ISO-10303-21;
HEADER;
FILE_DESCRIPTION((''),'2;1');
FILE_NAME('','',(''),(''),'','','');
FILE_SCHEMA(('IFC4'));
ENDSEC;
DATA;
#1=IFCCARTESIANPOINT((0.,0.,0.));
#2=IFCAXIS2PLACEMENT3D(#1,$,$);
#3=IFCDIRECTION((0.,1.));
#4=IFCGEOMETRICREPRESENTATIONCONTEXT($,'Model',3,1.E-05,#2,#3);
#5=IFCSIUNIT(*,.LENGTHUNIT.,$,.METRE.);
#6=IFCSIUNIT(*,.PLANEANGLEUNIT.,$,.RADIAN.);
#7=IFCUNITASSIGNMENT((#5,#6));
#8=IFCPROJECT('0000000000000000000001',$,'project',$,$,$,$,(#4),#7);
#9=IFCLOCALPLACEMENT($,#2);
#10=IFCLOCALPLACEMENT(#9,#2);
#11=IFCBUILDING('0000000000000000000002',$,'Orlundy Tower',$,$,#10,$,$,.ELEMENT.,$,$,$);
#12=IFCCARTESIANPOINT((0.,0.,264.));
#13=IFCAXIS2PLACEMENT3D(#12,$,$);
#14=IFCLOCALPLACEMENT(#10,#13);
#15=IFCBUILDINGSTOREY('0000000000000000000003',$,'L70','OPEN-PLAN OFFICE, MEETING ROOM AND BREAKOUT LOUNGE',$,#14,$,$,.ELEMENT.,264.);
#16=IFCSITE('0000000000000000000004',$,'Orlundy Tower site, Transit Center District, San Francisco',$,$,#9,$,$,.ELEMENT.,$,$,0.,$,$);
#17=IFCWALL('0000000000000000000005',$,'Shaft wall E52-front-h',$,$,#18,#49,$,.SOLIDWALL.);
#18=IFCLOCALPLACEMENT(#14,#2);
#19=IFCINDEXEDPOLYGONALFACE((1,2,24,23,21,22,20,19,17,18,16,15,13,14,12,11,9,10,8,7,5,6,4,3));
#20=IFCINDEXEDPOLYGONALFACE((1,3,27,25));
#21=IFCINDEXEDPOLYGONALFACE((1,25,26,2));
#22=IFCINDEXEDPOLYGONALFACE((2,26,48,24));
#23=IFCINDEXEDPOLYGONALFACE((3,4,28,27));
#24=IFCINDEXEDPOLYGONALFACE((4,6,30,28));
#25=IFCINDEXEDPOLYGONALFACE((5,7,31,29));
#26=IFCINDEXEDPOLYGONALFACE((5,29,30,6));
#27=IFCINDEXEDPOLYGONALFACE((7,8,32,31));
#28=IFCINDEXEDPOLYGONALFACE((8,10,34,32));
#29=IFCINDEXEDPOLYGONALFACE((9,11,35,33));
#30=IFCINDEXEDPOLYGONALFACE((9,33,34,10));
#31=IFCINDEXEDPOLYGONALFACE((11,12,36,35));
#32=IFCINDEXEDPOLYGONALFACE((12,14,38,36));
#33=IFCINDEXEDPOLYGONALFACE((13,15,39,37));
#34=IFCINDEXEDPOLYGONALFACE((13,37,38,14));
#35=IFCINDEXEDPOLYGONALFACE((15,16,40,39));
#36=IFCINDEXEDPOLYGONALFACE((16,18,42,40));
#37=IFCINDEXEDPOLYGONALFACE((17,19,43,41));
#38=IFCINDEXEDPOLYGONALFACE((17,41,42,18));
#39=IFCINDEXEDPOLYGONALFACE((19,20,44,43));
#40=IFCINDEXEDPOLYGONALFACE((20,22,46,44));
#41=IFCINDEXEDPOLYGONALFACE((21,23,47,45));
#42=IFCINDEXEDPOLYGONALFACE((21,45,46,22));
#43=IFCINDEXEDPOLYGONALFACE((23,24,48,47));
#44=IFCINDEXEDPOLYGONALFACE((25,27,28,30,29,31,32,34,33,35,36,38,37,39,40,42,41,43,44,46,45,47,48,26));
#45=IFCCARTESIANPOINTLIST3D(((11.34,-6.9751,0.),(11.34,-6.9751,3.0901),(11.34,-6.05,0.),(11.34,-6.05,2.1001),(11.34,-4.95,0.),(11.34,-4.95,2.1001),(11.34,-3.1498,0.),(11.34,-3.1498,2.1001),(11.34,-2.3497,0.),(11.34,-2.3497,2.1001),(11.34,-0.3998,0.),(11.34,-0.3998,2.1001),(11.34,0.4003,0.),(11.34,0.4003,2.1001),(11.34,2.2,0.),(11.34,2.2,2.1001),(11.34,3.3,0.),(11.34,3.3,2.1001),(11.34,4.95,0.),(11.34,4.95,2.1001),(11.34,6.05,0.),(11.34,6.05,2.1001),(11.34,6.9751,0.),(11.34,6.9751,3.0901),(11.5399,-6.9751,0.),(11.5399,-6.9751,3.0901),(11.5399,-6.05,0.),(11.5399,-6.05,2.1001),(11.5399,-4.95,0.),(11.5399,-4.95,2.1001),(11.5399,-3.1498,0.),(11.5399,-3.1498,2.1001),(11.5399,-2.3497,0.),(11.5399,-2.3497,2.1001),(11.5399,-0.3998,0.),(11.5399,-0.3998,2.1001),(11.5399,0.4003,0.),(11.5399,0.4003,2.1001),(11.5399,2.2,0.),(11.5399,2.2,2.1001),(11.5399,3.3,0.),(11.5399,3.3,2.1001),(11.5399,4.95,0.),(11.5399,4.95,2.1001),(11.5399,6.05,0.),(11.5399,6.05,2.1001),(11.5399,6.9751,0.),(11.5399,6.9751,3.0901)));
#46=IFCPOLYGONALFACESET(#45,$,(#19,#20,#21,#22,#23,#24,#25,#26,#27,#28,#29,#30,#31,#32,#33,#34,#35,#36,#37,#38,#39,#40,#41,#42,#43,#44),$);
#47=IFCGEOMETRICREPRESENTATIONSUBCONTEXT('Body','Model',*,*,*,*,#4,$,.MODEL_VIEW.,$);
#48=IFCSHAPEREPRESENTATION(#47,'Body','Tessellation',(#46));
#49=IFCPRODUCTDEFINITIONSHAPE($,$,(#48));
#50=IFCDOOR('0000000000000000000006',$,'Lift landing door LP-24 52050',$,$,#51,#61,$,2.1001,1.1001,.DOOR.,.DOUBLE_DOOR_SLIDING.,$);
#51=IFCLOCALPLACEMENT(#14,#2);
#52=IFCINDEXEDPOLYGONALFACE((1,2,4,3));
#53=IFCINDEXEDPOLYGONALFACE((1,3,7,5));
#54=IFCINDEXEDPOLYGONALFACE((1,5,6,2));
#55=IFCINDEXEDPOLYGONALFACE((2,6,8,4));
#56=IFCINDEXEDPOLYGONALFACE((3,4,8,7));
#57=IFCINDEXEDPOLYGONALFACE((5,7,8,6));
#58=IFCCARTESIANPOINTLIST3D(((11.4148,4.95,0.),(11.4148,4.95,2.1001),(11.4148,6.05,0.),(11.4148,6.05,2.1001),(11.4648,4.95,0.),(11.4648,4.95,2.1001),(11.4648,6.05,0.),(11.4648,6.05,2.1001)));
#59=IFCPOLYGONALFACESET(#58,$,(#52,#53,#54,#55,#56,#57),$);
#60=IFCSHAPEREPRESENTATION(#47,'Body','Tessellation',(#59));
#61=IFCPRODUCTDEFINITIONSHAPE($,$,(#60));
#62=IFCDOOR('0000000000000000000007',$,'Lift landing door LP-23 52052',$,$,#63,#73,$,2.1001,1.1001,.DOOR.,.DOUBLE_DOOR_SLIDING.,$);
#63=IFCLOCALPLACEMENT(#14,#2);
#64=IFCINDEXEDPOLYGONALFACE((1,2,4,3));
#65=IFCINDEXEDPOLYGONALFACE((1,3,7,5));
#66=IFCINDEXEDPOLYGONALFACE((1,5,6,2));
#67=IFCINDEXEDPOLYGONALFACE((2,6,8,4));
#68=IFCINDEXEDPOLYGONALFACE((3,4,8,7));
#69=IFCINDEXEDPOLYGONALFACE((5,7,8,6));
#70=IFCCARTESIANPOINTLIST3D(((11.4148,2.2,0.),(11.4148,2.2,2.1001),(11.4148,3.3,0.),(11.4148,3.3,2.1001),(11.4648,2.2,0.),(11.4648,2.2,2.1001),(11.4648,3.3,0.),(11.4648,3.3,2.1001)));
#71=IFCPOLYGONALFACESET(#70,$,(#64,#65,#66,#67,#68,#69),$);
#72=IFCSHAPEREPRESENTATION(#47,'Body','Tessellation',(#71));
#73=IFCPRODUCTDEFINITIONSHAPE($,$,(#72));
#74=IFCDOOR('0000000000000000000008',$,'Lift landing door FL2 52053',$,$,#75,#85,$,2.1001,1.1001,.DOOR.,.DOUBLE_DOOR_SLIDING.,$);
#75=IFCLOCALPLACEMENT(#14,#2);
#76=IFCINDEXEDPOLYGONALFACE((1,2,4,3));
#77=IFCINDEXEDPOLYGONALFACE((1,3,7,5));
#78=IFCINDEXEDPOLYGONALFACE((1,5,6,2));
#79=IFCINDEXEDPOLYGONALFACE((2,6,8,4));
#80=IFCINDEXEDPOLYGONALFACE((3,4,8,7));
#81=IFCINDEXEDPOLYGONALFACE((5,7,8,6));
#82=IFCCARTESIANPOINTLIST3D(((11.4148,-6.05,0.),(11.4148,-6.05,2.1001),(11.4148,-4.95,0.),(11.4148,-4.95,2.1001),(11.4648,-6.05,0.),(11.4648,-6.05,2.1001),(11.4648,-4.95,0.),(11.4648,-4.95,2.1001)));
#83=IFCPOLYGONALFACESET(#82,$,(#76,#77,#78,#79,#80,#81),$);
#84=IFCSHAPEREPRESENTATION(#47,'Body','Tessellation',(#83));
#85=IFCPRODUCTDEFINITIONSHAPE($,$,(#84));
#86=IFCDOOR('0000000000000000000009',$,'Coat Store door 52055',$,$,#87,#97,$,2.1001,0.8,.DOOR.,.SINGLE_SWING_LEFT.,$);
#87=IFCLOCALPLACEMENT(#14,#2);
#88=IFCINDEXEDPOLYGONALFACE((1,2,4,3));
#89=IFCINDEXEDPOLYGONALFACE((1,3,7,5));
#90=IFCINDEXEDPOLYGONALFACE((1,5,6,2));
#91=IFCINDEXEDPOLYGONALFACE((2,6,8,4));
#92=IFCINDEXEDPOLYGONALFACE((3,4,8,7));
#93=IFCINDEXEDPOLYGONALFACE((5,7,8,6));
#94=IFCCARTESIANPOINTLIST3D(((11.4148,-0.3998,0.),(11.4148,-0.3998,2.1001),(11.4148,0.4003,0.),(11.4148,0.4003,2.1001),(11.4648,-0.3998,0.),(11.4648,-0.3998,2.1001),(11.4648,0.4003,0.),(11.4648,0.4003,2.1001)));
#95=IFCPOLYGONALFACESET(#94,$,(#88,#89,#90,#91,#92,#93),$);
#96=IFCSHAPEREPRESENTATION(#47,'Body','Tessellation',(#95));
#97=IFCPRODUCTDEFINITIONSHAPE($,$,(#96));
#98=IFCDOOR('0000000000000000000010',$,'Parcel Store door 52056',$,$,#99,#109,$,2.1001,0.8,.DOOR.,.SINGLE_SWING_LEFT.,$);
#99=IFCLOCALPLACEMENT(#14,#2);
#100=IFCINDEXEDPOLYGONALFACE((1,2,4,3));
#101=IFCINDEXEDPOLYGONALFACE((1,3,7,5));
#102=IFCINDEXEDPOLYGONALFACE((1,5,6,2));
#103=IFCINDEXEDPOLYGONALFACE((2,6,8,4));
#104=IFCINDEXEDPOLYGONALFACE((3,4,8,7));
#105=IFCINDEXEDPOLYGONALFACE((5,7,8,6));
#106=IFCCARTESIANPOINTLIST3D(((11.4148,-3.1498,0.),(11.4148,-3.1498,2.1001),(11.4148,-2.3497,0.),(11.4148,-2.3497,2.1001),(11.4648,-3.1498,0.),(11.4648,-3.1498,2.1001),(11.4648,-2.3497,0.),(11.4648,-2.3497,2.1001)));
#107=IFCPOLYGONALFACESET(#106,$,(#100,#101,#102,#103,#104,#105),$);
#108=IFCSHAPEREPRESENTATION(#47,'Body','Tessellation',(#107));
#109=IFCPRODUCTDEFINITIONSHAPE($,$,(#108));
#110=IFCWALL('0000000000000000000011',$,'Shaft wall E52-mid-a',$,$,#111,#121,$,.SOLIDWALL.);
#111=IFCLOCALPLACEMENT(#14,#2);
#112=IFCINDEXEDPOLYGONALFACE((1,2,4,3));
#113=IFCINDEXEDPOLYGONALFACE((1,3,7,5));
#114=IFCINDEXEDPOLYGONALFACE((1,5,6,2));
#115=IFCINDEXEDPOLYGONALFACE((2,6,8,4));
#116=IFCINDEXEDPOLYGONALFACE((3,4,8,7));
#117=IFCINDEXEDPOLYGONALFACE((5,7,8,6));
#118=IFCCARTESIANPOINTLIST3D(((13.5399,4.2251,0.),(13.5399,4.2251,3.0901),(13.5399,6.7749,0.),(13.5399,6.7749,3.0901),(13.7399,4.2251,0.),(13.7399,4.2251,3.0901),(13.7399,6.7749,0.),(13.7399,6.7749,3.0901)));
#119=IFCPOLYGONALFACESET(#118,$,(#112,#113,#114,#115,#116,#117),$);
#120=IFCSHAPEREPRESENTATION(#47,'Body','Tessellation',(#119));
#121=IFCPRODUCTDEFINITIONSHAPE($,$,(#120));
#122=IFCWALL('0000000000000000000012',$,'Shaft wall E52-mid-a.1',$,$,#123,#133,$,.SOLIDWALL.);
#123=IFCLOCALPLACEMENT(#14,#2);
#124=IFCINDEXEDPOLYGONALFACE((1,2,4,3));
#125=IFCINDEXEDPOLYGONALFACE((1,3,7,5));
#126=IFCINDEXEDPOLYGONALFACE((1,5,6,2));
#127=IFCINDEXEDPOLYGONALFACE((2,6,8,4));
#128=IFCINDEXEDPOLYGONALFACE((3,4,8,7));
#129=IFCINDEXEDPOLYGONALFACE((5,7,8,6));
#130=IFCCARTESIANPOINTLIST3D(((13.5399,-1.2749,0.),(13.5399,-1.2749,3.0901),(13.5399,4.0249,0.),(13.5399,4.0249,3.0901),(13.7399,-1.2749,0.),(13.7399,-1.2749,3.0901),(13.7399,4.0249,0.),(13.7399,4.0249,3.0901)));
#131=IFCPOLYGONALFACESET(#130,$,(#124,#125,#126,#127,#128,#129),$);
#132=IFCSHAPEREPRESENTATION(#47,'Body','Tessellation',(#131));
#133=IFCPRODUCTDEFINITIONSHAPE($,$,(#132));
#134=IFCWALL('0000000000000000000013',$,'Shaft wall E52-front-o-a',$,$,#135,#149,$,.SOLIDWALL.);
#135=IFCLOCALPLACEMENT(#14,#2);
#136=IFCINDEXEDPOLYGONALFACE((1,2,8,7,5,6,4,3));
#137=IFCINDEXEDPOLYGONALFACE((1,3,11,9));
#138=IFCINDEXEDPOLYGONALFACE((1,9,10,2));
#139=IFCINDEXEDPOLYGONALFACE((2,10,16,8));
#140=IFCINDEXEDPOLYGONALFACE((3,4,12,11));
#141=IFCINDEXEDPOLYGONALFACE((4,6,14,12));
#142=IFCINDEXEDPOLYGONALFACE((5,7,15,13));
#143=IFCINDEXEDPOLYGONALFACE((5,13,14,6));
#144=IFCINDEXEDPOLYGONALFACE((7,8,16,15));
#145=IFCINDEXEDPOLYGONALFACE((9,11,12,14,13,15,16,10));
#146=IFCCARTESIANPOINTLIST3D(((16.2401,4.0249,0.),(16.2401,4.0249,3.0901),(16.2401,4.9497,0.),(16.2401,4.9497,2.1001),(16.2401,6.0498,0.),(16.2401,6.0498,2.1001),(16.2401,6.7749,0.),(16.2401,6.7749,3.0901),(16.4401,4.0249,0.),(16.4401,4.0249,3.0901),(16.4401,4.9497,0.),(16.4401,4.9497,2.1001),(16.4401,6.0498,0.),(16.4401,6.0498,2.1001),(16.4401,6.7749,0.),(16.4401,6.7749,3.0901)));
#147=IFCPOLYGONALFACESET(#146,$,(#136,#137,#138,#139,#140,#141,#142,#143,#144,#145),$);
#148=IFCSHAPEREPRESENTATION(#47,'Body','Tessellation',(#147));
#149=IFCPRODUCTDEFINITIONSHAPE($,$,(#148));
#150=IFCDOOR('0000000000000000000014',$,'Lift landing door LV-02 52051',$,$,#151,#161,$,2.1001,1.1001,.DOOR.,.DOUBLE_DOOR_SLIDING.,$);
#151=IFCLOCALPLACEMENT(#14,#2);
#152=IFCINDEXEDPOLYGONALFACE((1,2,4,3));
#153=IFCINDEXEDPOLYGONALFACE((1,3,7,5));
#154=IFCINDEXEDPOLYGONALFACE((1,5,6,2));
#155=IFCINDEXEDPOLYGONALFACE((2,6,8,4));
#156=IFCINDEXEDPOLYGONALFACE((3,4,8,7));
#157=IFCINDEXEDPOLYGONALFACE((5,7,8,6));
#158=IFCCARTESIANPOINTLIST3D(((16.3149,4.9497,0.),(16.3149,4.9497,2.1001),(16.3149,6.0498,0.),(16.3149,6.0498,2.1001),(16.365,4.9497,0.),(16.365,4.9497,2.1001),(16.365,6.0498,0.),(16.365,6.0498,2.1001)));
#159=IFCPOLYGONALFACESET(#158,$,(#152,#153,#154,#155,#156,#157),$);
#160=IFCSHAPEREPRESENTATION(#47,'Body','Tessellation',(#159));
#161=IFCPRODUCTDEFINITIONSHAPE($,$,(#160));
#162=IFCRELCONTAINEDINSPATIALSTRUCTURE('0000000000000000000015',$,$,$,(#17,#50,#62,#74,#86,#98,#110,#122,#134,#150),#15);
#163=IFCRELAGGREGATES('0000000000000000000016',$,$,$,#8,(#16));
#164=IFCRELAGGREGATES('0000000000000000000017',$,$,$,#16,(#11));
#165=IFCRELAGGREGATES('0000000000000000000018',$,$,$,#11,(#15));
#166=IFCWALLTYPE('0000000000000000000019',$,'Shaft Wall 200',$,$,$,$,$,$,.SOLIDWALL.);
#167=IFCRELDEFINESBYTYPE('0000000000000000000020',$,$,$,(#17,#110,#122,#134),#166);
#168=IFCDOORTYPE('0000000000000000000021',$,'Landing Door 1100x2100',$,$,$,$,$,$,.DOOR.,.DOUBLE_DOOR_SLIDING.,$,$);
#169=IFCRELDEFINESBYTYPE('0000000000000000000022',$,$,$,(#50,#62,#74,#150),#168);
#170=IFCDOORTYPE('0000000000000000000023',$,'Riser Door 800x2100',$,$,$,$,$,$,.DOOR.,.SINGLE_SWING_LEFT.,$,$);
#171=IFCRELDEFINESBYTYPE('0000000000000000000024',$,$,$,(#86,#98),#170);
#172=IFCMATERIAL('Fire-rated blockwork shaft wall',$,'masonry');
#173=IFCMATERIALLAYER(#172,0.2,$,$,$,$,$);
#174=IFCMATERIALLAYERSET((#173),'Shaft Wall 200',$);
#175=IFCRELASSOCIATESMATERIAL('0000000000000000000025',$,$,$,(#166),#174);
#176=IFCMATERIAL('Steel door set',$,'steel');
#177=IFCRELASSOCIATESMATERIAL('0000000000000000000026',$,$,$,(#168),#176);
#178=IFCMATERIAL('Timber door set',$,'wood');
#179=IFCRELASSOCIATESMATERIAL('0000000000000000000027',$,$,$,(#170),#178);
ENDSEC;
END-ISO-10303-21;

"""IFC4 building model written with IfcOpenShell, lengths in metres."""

from ifc_helpers import new_model, si_unit, direction, frame, frame_2d, origin, place, context, subcontext, project, spatial, rectangle, extrude, material, layer, layer_set, type_object, element, fill, save


model = new_model("IFC4")

# Units and contexts
model_context = context("Model", 3, precision=1e-05, world=origin(), true_north=direction((0.0, 1.0)))
body_context = subcontext(model_context, "Body", "Model", "MODEL_VIEW")
ifc_project = project(units=[si_unit("LENGTHUNIT", "METRE"), si_unit("PLANEANGLEUNIT", "RADIAN")], contexts=[model_context])

# Site, building, storey
site_placement = place(None, origin())
site = spatial("IfcSite", under=ifc_project, at=site_placement, Name="Orlundy Tower site, Transit Center District, San Francisco", CompositionType="ELEMENT", RefElevation=0.0)
building_placement = place(site_placement, origin())
building = spatial("IfcBuilding", under=site, at=building_placement, Name="Orlundy Tower", CompositionType="ELEMENT")
storey_placement = place(building_placement, frame((0.0, 0.0, 264.0)))
storey = spatial("IfcBuildingStorey", under=building, at=storey_placement, Name="L70", Description="OPEN-PLAN OFFICE, MEETING ROOM AND BREAKOUT LOUNGE", CompositionType="ELEMENT", Elevation=264.0)

# Shared definitions
ifc_material_1 = material(Name="Fire-rated blockwork shaft wall", Category="masonry")
ifc_layer_1 = layer(ifc_material_1, 0.2)
ifc_layer_set_1 = layer_set([ifc_layer_1], Name="Shaft Wall 200")
wall_type_1 = type_object("IfcWallType", Name="Shaft Wall 200", PredefinedType="SOLIDWALL", material=ifc_layer_set_1)

# Wall, openings, doors
wall_1_placement = place(storey_placement, frame((11.4399, 6.9751, 0.0), z_axis=(0.0, 0.0, 1.0), x_axis=(0.0, -1.0, 0.0)))
wall_1 = element("IfcWall", 1, at=wall_1_placement, inside=storey, type_object=wall_type_1, Name="Shaft wall E52-front-h", PredefinedType="SOLIDWALL", context=body_context, shape_type="SweptSolid", body=[
    extrude(rectangle(XDim=13.9502, YDim=0.2, at=frame_2d((6.9751, 0.0))), origin(), (0.0, 0.0, 1.0), 3.0901),
])
opening_1_placement = place(wall_1_placement, frame((0.925, 0.0, 0.0)))
opening_1 = element("IfcOpeningElement", 2, at=opening_1_placement, cuts=wall_1, PredefinedType="OPENING", context=body_context, shape_type="SweptSolid", body=[
    extrude(rectangle(XDim=1.1001, YDim=2.1001, at=frame_2d((0.55, 1.05))), frame((0.0, 0.1101, 0.0), z_axis=(0.0, -1.0, 0.0), x_axis=(1.0, 0.0, 0.0)), (0.0, 0.0, 1.0), 0.2202),
])
opening_2_placement = place(wall_1_placement, frame((3.675, 0.0, 0.0)))
opening_2 = element("IfcOpeningElement", 3, at=opening_2_placement, cuts=wall_1, PredefinedType="OPENING", context=body_context, shape_type="SweptSolid", body=[
    extrude(rectangle(XDim=1.1001, YDim=2.1001, at=frame_2d((0.55, 1.05))), frame((0.0, 0.1101, 0.0), z_axis=(0.0, -1.0, 0.0), x_axis=(1.0, 0.0, 0.0)), (0.0, 0.0, 1.0), 0.2202),
])
opening_3_placement = place(wall_1_placement, frame((11.925, 0.0, 0.0)))
opening_3 = element("IfcOpeningElement", 4, at=opening_3_placement, cuts=wall_1, PredefinedType="OPENING", context=body_context, shape_type="SweptSolid", body=[
    extrude(rectangle(XDim=1.1001, YDim=2.1001, at=frame_2d((0.55, 1.05))), frame((0.0, 0.1101, 0.0), z_axis=(0.0, -1.0, 0.0), x_axis=(1.0, 0.0, 0.0)), (0.0, 0.0, 1.0), 0.2202),
])
opening_4_placement = place(wall_1_placement, frame((6.575, 0.0, 0.0)))
opening_4 = element("IfcOpeningElement", 5, at=opening_4_placement, cuts=wall_1, PredefinedType="OPENING", context=body_context, shape_type="SweptSolid", body=[
    extrude(rectangle(XDim=0.8, YDim=2.1001, at=frame_2d((0.3999, 1.05))), frame((0.0, 0.1101, 0.0), z_axis=(0.0, -1.0, 0.0), x_axis=(1.0, 0.0, 0.0)), (0.0, 0.0, 1.0), 0.2202),
])
opening_5_placement = place(wall_1_placement, frame((9.325, 0.0, 0.0)))
opening_5 = element("IfcOpeningElement", 6, at=opening_5_placement, cuts=wall_1, PredefinedType="OPENING", context=body_context, shape_type="SweptSolid", body=[
    extrude(rectangle(XDim=0.8, YDim=2.1001, at=frame_2d((0.3999, 1.05))), frame((0.0, 0.1101, 0.0), z_axis=(0.0, -1.0, 0.0), x_axis=(1.0, 0.0, 0.0)), (0.0, 0.0, 1.0), 0.2202),
])
ifc_material_2 = material(Name="Steel door set", Category="steel")
door_type_1 = type_object("IfcDoorType", Name="Landing Door 1100x2100", OperationType="DOUBLE_DOOR_SLIDING", PredefinedType="DOOR", material=ifc_material_2)
door_1_placement = place(opening_1_placement, origin())
door_1 = element("IfcDoor", 7, at=door_1_placement, inside=storey, type_object=door_type_1, Name="Lift landing door LP-24 52050", OperationType="DOUBLE_DOOR_SLIDING", OverallHeight=2.1001, OverallWidth=1.1001, PredefinedType="DOOR", context=body_context, shape_type="SweptSolid", body=[
    extrude(rectangle(XDim=1.1001, YDim=2.1001, at=frame_2d((0.55, 1.05))), frame((0.0, 0.0249, 0.0), z_axis=(0.0, -1.0, 0.0), x_axis=(1.0, 0.0, 0.0)), (0.0, 0.0, 1.0), 0.05),
])
fill(opening_1, door_1)
door_2_placement = place(opening_2_placement, origin())
door_2 = element("IfcDoor", 8, at=door_2_placement, inside=storey, type_object=door_type_1, Name="Lift landing door LP-23 52052", OperationType="DOUBLE_DOOR_SLIDING", OverallHeight=2.1001, OverallWidth=1.1001, PredefinedType="DOOR", context=body_context, shape_type="SweptSolid", body=[
    extrude(rectangle(XDim=1.1001, YDim=2.1001, at=frame_2d((0.55, 1.05))), frame((0.0, 0.0249, 0.0), z_axis=(0.0, -1.0, 0.0), x_axis=(1.0, 0.0, 0.0)), (0.0, 0.0, 1.0), 0.05),
])
fill(opening_2, door_2)
door_3_placement = place(opening_3_placement, origin())
door_3 = element("IfcDoor", 9, at=door_3_placement, inside=storey, type_object=door_type_1, Name="Lift landing door FL2 52053", OperationType="DOUBLE_DOOR_SLIDING", OverallHeight=2.1001, OverallWidth=1.1001, PredefinedType="DOOR", context=body_context, shape_type="SweptSolid", body=[
    extrude(rectangle(XDim=1.1001, YDim=2.1001, at=frame_2d((0.55, 1.05))), frame((0.0, 0.0249, 0.0), z_axis=(0.0, -1.0, 0.0), x_axis=(1.0, 0.0, 0.0)), (0.0, 0.0, 1.0), 0.05),
])
fill(opening_3, door_3)
ifc_material_3 = material(Name="Timber door set", Category="wood")
door_type_2 = type_object("IfcDoorType", Name="Riser Door 800x2100", OperationType="SINGLE_SWING_LEFT", PredefinedType="DOOR", material=ifc_material_3)
door_4_placement = place(opening_4_placement, origin())
door_4 = element("IfcDoor", 10, at=door_4_placement, inside=storey, type_object=door_type_2, Name="Coat Store door 52055", OperationType="SINGLE_SWING_LEFT", OverallHeight=2.1001, OverallWidth=0.8, PredefinedType="DOOR", context=body_context, shape_type="SweptSolid", body=[
    extrude(rectangle(XDim=0.8, YDim=2.1001, at=frame_2d((0.3999, 1.05))), frame((0.0, 0.0249, 0.0), z_axis=(0.0, -1.0, 0.0), x_axis=(1.0, 0.0, 0.0)), (0.0, 0.0, 1.0), 0.05),
])
fill(opening_4, door_4)
door_5_placement = place(opening_5_placement, origin())
door_5 = element("IfcDoor", 11, at=door_5_placement, inside=storey, type_object=door_type_2, Name="Parcel Store door 52056", OperationType="SINGLE_SWING_LEFT", OverallHeight=2.1001, OverallWidth=0.8, PredefinedType="DOOR", context=body_context, shape_type="SweptSolid", body=[
    extrude(rectangle(XDim=0.8, YDim=2.1001, at=frame_2d((0.3999, 1.05))), frame((0.0, 0.0249, 0.0), z_axis=(0.0, -1.0, 0.0), x_axis=(1.0, 0.0, 0.0)), (0.0, 0.0, 1.0), 0.05),
])
fill(opening_5, door_5)

# Walls
wall_2_placement = place(storey_placement, frame((13.6399, 6.7749, 0.0), z_axis=(0.0, 0.0, 1.0), x_axis=(0.0, -1.0, 0.0)))
element("IfcWall", 12, at=wall_2_placement, inside=storey, type_object=wall_type_1, Name="Shaft wall E52-mid-a", PredefinedType="SOLIDWALL", context=body_context, shape_type="SweptSolid", body=[
    extrude(rectangle(XDim=2.5498, YDim=0.2, at=frame_2d((1.2749, 0.0))), origin(), (0.0, 0.0, 1.0), 3.0901),
])
wall_3_placement = place(storey_placement, frame((13.6399, 4.0249, 0.0), z_axis=(0.0, 0.0, 1.0), x_axis=(0.0, -1.0, 0.0)))
element("IfcWall", 13, at=wall_3_placement, inside=storey, type_object=wall_type_1, Name="Shaft wall E52-mid-a.1", PredefinedType="SOLIDWALL", context=body_context, shape_type="SweptSolid", body=[
    extrude(rectangle(XDim=5.2998, YDim=0.2, at=frame_2d((2.6499, 0.0))), origin(), (0.0, 0.0, 1.0), 3.0901),
])

# Wall, opening, door
wall_4_placement = place(storey_placement, frame((16.3401, 6.7749, 0.0), z_axis=(0.0, 0.0, 1.0), x_axis=(0.0, -1.0, 0.0)))
wall_4 = element("IfcWall", 14, at=wall_4_placement, inside=storey, type_object=wall_type_1, Name="Shaft wall E52-front-o-a", PredefinedType="SOLIDWALL", context=body_context, shape_type="SweptSolid", body=[
    extrude(rectangle(XDim=2.75, YDim=0.2, at=frame_2d((1.375, 0.0))), origin(), (0.0, 0.0, 1.0), 3.0901),
])
opening_6_placement = place(wall_4_placement, frame((0.7251, 0.0, 0.0)))
opening_6 = element("IfcOpeningElement", 15, at=opening_6_placement, cuts=wall_4, PredefinedType="OPENING", context=body_context, shape_type="SweptSolid", body=[
    extrude(rectangle(XDim=1.1001, YDim=2.1001, at=frame_2d((0.55, 1.05))), frame((0.0, 0.1101, 0.0), z_axis=(0.0, -1.0, 0.0), x_axis=(1.0, 0.0, 0.0)), (0.0, 0.0, 1.0), 0.2202),
])
door_6_placement = place(opening_6_placement, origin())
door_6 = element("IfcDoor", 16, at=door_6_placement, inside=storey, type_object=door_type_1, Name="Lift landing door LV-02 52051", OperationType="DOUBLE_DOOR_SLIDING", OverallHeight=2.1001, OverallWidth=1.1001, PredefinedType="DOOR", context=body_context, shape_type="SweptSolid", body=[
    extrude(rectangle(XDim=1.1001, YDim=2.1001, at=frame_2d((0.55, 1.05))), frame((0.0, 0.0249, 0.0), z_axis=(0.0, -1.0, 0.0), x_axis=(1.0, 0.0, 0.0)), (0.0, 0.0, 1.0), 0.05),
])
fill(opening_6, door_6)

save(model, "model.ifc")
